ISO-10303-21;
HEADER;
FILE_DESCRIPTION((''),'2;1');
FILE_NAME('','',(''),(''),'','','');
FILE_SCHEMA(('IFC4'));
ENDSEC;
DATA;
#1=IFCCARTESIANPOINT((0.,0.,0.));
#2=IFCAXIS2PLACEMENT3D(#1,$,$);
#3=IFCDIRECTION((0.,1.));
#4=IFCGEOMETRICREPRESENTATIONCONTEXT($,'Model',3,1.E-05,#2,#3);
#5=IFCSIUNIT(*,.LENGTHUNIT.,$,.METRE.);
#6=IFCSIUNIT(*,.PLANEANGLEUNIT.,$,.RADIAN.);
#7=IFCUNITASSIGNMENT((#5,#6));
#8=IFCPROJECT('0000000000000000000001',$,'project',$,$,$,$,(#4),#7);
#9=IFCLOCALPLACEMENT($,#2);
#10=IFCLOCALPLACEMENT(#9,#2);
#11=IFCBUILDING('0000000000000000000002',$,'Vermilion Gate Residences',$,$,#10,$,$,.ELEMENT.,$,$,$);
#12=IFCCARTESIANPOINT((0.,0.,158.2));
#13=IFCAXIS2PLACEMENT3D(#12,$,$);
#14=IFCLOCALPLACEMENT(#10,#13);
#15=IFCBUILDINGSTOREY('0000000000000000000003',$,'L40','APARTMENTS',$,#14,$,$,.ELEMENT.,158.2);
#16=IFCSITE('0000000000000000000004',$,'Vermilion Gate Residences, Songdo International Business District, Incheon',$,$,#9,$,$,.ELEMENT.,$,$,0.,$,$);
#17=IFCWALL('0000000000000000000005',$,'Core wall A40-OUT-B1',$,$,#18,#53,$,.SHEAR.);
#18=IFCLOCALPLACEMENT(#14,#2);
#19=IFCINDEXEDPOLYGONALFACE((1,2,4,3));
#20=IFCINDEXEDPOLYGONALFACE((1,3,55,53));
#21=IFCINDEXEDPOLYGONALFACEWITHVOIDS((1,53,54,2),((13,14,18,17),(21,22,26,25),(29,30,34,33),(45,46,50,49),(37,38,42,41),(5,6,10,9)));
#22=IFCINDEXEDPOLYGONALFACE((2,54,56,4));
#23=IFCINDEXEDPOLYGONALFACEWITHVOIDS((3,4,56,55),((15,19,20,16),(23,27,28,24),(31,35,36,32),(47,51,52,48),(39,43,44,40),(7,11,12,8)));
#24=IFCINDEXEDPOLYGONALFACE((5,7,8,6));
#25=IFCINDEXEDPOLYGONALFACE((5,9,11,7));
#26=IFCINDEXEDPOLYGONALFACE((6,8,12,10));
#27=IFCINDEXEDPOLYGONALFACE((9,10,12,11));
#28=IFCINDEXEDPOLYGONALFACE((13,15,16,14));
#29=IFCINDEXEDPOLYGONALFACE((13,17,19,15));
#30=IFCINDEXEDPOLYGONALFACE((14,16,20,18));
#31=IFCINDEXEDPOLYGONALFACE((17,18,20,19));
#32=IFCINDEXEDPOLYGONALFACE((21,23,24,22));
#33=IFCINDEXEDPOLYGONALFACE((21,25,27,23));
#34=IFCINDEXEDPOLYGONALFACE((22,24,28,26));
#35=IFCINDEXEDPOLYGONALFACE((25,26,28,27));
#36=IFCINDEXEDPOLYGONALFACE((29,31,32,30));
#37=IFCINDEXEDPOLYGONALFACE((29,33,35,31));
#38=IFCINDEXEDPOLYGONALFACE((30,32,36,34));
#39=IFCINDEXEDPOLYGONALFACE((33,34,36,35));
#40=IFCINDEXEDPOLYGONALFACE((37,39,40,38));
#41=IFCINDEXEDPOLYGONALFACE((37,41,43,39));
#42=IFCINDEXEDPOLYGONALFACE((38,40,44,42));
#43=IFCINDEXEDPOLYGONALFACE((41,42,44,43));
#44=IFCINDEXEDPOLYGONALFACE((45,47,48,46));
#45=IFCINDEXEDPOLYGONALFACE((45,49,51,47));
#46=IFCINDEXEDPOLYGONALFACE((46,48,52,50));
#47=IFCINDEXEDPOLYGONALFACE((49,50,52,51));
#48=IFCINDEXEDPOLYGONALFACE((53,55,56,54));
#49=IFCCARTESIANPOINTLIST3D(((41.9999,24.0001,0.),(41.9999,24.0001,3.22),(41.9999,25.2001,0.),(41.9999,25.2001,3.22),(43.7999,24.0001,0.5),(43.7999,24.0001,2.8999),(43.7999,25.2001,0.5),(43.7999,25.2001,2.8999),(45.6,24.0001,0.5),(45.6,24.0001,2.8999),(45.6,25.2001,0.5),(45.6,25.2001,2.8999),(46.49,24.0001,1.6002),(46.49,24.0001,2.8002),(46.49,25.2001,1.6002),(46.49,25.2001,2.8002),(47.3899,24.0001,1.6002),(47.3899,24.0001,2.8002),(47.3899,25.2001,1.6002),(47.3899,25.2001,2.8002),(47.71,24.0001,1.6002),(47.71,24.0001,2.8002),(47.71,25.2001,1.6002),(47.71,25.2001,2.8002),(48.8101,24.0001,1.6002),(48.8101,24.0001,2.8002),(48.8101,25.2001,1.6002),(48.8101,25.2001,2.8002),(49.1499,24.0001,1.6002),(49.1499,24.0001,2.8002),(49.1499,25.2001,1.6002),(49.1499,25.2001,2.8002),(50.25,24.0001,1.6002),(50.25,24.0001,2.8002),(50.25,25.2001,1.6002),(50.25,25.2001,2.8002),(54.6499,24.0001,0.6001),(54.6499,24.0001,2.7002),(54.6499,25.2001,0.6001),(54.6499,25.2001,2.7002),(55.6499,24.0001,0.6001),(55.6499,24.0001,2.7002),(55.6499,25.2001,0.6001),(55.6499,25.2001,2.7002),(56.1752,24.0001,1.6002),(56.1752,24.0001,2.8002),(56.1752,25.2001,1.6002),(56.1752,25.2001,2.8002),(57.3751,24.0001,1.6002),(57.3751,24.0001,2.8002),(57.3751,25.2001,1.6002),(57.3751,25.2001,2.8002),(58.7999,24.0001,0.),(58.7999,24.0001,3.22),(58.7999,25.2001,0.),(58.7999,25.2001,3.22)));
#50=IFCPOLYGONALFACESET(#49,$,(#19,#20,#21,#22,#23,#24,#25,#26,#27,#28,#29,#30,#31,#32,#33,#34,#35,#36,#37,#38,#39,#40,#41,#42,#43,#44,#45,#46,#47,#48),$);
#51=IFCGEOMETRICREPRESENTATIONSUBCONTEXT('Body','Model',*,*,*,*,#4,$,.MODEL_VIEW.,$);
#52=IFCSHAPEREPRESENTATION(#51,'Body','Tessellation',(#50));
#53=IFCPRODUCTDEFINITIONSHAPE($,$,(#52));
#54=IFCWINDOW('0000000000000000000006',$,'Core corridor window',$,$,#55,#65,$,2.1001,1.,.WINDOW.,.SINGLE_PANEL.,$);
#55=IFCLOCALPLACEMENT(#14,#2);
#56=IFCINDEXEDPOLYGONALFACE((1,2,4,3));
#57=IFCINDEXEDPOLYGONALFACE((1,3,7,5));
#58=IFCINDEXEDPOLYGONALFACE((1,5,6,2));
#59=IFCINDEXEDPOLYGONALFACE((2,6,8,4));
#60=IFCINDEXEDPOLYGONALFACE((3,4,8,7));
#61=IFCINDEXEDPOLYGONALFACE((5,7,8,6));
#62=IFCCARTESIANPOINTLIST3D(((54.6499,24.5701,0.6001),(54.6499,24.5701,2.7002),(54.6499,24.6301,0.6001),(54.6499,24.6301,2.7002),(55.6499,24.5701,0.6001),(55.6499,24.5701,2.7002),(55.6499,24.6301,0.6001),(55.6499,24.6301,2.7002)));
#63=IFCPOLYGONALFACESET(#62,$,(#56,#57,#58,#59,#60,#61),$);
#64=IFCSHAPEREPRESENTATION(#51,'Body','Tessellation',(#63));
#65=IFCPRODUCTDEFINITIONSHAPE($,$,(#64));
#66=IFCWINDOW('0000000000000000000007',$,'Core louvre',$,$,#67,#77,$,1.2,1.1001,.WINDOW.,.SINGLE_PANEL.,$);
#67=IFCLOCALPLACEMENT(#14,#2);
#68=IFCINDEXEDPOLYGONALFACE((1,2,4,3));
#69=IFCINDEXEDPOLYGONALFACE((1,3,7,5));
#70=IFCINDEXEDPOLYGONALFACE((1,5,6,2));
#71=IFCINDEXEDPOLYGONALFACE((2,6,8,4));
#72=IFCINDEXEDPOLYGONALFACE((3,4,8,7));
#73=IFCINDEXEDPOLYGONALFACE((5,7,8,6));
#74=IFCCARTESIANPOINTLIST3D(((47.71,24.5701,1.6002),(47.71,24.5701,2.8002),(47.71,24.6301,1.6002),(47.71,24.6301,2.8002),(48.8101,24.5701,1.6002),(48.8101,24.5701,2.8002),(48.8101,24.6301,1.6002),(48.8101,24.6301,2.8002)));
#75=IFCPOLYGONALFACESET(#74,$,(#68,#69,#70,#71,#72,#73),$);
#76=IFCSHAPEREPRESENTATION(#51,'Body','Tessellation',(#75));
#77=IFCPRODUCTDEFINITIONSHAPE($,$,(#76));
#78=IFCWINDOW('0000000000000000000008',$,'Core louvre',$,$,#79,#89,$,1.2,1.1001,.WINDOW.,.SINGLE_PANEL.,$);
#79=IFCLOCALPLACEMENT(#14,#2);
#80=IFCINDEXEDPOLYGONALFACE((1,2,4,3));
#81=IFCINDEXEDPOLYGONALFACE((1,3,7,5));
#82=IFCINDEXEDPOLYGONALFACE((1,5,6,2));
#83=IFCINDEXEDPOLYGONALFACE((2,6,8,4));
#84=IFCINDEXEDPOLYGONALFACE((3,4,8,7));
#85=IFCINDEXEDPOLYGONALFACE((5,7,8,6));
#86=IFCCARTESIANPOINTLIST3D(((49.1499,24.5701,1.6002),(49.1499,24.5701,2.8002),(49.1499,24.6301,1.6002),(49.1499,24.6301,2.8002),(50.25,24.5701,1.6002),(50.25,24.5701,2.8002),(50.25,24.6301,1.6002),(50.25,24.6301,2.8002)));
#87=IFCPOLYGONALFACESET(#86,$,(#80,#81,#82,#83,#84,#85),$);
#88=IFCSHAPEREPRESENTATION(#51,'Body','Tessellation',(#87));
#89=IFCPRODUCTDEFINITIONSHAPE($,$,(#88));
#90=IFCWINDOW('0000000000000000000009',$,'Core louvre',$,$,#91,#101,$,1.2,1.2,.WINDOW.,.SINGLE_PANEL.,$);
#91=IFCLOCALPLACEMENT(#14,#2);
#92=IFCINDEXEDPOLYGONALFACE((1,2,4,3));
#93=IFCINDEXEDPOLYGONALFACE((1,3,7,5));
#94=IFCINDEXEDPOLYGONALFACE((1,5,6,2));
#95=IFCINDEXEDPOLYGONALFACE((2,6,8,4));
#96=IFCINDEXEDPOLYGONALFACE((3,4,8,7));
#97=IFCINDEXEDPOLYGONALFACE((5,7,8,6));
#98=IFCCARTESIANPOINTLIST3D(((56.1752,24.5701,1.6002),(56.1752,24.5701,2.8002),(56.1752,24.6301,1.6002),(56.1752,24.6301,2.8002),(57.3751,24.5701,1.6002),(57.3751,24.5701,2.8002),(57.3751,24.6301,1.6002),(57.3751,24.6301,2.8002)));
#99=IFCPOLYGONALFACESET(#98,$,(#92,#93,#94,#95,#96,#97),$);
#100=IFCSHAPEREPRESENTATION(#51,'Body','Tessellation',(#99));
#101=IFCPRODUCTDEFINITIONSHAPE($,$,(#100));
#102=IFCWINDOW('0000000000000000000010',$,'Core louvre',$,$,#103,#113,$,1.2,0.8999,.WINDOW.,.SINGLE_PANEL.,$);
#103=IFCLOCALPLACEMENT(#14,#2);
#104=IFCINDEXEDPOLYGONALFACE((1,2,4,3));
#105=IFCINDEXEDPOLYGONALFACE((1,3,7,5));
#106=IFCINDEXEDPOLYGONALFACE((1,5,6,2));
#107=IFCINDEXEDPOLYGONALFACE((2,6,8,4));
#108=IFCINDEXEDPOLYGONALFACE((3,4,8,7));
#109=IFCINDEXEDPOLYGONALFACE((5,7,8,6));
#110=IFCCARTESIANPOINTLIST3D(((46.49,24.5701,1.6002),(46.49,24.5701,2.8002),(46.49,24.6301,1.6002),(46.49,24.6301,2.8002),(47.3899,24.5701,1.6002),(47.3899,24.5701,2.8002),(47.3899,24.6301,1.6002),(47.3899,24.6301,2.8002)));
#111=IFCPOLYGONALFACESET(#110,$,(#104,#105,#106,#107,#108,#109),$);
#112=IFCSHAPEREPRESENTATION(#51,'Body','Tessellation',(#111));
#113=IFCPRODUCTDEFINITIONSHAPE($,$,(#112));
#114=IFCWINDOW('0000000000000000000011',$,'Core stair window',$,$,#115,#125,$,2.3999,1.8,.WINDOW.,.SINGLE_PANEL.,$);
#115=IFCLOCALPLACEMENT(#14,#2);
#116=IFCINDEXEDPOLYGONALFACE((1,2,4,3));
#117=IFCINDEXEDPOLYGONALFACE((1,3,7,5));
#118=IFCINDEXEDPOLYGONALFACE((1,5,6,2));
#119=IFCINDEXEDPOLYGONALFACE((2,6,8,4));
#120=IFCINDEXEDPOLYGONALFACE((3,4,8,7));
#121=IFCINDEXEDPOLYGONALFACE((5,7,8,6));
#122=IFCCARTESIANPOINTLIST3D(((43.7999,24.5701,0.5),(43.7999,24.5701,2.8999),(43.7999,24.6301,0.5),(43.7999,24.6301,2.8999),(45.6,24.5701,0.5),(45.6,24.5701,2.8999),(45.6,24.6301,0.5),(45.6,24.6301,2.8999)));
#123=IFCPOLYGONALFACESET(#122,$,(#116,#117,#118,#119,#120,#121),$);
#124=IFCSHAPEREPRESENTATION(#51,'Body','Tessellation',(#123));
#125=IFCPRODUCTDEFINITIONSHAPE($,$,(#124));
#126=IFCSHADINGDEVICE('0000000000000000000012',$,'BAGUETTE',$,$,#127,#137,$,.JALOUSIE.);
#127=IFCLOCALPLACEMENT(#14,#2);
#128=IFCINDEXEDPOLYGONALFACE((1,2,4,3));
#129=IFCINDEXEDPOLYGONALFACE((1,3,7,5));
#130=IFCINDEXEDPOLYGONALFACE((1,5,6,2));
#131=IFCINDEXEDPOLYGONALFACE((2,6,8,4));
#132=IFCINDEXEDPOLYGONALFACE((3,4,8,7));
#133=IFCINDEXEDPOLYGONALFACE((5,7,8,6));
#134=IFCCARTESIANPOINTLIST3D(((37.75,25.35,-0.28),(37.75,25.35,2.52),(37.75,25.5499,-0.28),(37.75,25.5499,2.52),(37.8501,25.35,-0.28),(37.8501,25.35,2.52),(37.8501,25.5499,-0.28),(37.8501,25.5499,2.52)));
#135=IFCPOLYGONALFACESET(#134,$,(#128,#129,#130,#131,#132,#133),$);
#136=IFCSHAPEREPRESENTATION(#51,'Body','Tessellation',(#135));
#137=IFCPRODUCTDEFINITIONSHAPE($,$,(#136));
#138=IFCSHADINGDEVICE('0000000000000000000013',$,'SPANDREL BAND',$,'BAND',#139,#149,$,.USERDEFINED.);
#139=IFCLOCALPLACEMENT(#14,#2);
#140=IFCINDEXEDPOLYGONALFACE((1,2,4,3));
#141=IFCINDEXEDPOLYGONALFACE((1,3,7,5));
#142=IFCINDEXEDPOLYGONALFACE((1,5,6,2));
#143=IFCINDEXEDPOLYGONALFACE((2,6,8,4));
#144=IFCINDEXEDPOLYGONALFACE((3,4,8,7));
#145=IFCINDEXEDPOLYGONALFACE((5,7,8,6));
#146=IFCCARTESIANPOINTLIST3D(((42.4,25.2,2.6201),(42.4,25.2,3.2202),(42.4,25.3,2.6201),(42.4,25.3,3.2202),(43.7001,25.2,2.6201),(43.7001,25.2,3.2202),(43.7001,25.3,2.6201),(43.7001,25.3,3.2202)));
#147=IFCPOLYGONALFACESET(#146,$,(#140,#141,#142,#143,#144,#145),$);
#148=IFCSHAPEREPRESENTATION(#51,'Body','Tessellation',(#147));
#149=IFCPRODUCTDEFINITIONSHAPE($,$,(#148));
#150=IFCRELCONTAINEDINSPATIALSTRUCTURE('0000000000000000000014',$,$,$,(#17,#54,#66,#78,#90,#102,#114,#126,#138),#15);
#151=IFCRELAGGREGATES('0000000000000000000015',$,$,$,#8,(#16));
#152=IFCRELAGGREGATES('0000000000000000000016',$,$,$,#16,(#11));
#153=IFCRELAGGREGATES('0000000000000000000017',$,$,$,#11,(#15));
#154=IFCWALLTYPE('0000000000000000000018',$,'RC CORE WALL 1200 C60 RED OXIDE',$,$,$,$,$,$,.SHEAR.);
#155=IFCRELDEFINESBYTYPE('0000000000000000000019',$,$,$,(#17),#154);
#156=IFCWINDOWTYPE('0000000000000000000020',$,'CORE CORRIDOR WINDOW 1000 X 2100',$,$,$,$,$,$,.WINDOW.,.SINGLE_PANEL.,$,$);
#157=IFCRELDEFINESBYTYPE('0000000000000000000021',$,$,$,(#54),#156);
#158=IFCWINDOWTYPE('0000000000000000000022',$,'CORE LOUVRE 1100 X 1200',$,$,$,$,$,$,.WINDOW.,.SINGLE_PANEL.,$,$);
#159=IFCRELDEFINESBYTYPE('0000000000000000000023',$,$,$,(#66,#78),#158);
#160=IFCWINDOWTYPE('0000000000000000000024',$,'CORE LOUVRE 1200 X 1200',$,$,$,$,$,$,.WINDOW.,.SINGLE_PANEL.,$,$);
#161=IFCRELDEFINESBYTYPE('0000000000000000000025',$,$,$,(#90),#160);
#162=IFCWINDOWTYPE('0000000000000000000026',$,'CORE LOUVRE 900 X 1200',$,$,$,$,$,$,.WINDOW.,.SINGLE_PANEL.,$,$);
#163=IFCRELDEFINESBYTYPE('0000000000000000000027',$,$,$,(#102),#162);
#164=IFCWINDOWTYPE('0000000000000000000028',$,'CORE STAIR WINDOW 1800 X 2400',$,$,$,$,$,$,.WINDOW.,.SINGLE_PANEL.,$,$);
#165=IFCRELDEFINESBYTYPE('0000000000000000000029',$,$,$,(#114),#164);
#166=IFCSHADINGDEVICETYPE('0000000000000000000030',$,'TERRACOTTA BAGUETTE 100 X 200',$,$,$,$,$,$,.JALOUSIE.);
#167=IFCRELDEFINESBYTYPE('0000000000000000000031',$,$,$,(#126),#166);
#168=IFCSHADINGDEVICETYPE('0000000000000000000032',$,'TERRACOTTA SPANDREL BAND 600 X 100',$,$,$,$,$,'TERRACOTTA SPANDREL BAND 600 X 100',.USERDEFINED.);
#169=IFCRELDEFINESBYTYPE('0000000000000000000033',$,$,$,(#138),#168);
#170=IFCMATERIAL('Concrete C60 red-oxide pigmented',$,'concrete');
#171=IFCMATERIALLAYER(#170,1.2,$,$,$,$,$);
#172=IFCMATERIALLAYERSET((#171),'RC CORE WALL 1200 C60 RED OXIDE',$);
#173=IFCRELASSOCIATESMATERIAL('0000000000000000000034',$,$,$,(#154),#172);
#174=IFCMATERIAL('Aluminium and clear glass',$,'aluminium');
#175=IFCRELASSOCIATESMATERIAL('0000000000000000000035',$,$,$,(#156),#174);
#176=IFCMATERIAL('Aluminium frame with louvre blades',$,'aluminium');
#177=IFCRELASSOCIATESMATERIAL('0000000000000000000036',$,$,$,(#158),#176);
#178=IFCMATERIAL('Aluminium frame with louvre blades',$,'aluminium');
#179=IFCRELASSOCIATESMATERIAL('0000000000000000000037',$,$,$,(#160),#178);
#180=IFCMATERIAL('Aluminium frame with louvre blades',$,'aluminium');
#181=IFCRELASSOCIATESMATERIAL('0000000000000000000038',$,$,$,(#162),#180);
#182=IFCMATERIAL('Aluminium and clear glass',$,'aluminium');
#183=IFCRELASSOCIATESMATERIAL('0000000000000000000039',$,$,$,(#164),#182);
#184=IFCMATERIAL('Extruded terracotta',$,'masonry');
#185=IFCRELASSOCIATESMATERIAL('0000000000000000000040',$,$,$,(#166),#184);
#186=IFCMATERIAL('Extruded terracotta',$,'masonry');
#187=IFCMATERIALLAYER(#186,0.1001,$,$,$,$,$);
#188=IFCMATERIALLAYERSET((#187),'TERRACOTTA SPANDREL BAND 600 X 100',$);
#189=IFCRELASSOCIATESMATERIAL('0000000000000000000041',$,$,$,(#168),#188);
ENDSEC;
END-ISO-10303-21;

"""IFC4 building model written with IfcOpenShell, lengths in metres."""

from ifc_helpers import new_model, si_unit, direction, frame, frame_2d, origin, origin_2d, place, context, subcontext, project, spatial, rectangle, extrude, material, layer, layer_set, material_profile, profile_set, type_object, element, fill, save


model = new_model("IFC4")

# Units and contexts
model_context = context("Model", 3, precision=1e-05, world=origin(), true_north=direction((0.0, 1.0)))
body_context = subcontext(model_context, "Body", "Model", "MODEL_VIEW")
ifc_project = project(units=[si_unit("LENGTHUNIT", "METRE"), si_unit("PLANEANGLEUNIT", "RADIAN")], contexts=[model_context])

# Site, building, storey
site_placement = place(None, origin())
site = spatial("IfcSite", under=ifc_project, at=site_placement, Name="Vermilion Gate Residences, Songdo International Business District, Incheon", CompositionType="ELEMENT", RefElevation=0.0)
building_placement = place(site_placement, origin())
building = spatial("IfcBuilding", under=site, at=building_placement, Name="Vermilion Gate Residences", CompositionType="ELEMENT")
storey_placement = place(building_placement, frame((0.0, 0.0, 158.2)))
storey = spatial("IfcBuildingStorey", under=building, at=storey_placement, Name="L40", Description="APARTMENTS", CompositionType="ELEMENT", Elevation=158.2)

# Wall, openings, windows
ifc_material_1 = material(Name="Concrete C60 red-oxide pigmented", Category="concrete")
ifc_layer_1 = layer(ifc_material_1, 1.2)
ifc_layer_set_1 = layer_set([ifc_layer_1], Name="RC CORE WALL 1200 C60 RED OXIDE")
wall_type_1 = type_object("IfcWallType", Name="RC CORE WALL 1200 C60 RED OXIDE", PredefinedType="SHEAR", material=ifc_layer_set_1)
wall_1_placement = place(storey_placement, frame((42.0, 24.6001, 0.0), z_axis=(0.0, 0.0, 1.0), x_axis=(1.0, 0.0, 0.0)))
wall_1 = element("IfcWall", 1, at=wall_1_placement, inside=storey, type_object=wall_type_1, Name="Core wall A40-OUT-B1", PredefinedType="SHEAR", context=body_context, shape_type="SweptSolid", body=[
    extrude(rectangle(XDim=16.8, YDim=1.2, at=frame_2d((8.3999, 0.0))), origin(), (0.0, 0.0, 1.0), 3.22),
])
opening_1_placement = place(wall_1_placement, frame((1.8, 0.0, 0.5)))
opening_1 = element("IfcOpeningElement", 2, at=opening_1_placement, cuts=wall_1, PredefinedType="OPENING", context=body_context, shape_type="SweptSolid", body=[
    extrude(rectangle(XDim=1.8, YDim=2.3999, at=frame_2d((0.8999, 1.2))), frame((0.0, 0.6099, 0.0), z_axis=(0.0, -1.0, 0.0), x_axis=(1.0, 0.0, 0.0)), (0.0, 0.0, 1.0), 1.22),
])
opening_2_placement = place(wall_1_placement, frame((4.49, 0.0, 1.6001)))
opening_2 = element("IfcOpeningElement", 3, at=opening_2_placement, cuts=wall_1, PredefinedType="OPENING", context=body_context, shape_type="SweptSolid", body=[
    extrude(rectangle(XDim=0.8999, YDim=1.2, at=frame_2d((0.45, 0.6001))), frame((0.0, 0.6099, 0.0), z_axis=(0.0, -1.0, 0.0), x_axis=(1.0, 0.0, 0.0)), (0.0, 0.0, 1.0), 1.22),
])
opening_3_placement = place(wall_1_placement, frame((5.71, 0.0, 1.6001)))
opening_3 = element("IfcOpeningElement", 4, at=opening_3_placement, cuts=wall_1, PredefinedType="OPENING", context=body_context, shape_type="SweptSolid", body=[
    extrude(rectangle(XDim=1.1001, YDim=1.2, at=frame_2d((0.55, 0.6001))), frame((0.0, 0.6099, 0.0), z_axis=(0.0, -1.0, 0.0), x_axis=(1.0, 0.0, 0.0)), (0.0, 0.0, 1.0), 1.22),
])
opening_4_placement = place(wall_1_placement, frame((7.1499, 0.0, 1.6001)))
opening_4 = element("IfcOpeningElement", 5, at=opening_4_placement, cuts=wall_1, PredefinedType="OPENING", context=body_context, shape_type="SweptSolid", body=[
    extrude(rectangle(XDim=1.1001, YDim=1.2, at=frame_2d((0.55, 0.6001))), frame((0.0, 0.6099, 0.0), z_axis=(0.0, -1.0, 0.0), x_axis=(1.0, 0.0, 0.0)), (0.0, 0.0, 1.0), 1.22),
])
opening_5_placement = place(wall_1_placement, frame((12.6499, 0.0, 0.6001)))
opening_5 = element("IfcOpeningElement", 6, at=opening_5_placement, cuts=wall_1, PredefinedType="OPENING", context=body_context, shape_type="SweptSolid", body=[
    extrude(rectangle(XDim=1.0, YDim=2.1001, at=frame_2d((0.5, 1.05))), frame((0.0, 0.6099, 0.0), z_axis=(0.0, -1.0, 0.0), x_axis=(1.0, 0.0, 0.0)), (0.0, 0.0, 1.0), 1.22),
])
opening_6_placement = place(wall_1_placement, frame((14.175, 0.0, 1.6001)))
opening_6 = element("IfcOpeningElement", 7, at=opening_6_placement, cuts=wall_1, PredefinedType="OPENING", context=body_context, shape_type="SweptSolid", body=[
    extrude(rectangle(XDim=1.2, YDim=1.2, at=frame_2d((0.6001, 0.6001))), frame((0.0, 0.6099, 0.0), z_axis=(0.0, -1.0, 0.0), x_axis=(1.0, 0.0, 0.0)), (0.0, 0.0, 1.0), 1.22),
])
ifc_material_2 = material(Name="Aluminium and clear glass", Category="aluminium")
window_type_1 = type_object("IfcWindowType", Name="CORE CORRIDOR WINDOW 1000 X 2100", PartitioningType="SINGLE_PANEL", PredefinedType="WINDOW", material=ifc_material_2)
window_1_placement = place(opening_5_placement, origin())
window_1 = element("IfcWindow", 8, at=window_1_placement, inside=storey, type_object=window_type_1, Name="Core corridor window", OverallHeight=2.1001, OverallWidth=1.0, PartitioningType="SINGLE_PANEL", PredefinedType="WINDOW", context=body_context, shape_type="SweptSolid", body=[
    extrude(rectangle(XDim=1.0, YDim=2.1001, at=frame_2d((0.5, 1.05))), frame((0.0, 0.03, 0.0), z_axis=(0.0, -1.0, 0.0), x_axis=(1.0, 0.0, 0.0)), (0.0, 0.0, 1.0), 0.0601),
])
fill(opening_5, window_1)
ifc_material_3 = material(Name="Aluminium frame with louvre blades", Category="aluminium")
window_type_2 = type_object("IfcWindowType", Name="CORE LOUVRE 1100 X 1200", PartitioningType="SINGLE_PANEL", PredefinedType="WINDOW", material=ifc_material_3)
window_2_placement = place(opening_3_placement, origin())
window_2 = element("IfcWindow", 9, at=window_2_placement, inside=storey, type_object=window_type_2, Name="Core louvre", OverallHeight=1.2, OverallWidth=1.1001, PartitioningType="SINGLE_PANEL", PredefinedType="WINDOW", context=body_context, shape_type="SweptSolid", body=[
    extrude(rectangle(XDim=1.1001, YDim=1.2, at=frame_2d((0.55, 0.6001))), frame((0.0, 0.03, 0.0), z_axis=(0.0, -1.0, 0.0), x_axis=(1.0, 0.0, 0.0)), (0.0, 0.0, 1.0), 0.0601),
])
fill(opening_3, window_2)
window_3_placement = place(opening_4_placement, origin())
window_3 = element("IfcWindow", 10, at=window_3_placement, inside=storey, type_object=window_type_2, Name="Core louvre", OverallHeight=1.2, OverallWidth=1.1001, PartitioningType="SINGLE_PANEL", PredefinedType="WINDOW", context=body_context, shape_type="SweptSolid", body=[
    extrude(rectangle(XDim=1.1001, YDim=1.2, at=frame_2d((0.55, 0.6001))), frame((0.0, 0.03, 0.0), z_axis=(0.0, -1.0, 0.0), x_axis=(1.0, 0.0, 0.0)), (0.0, 0.0, 1.0), 0.0601),
])
fill(opening_4, window_3)
ifc_material_4 = material(Name="Aluminium frame with louvre blades", Category="aluminium")
window_type_3 = type_object("IfcWindowType", Name="CORE LOUVRE 1200 X 1200", PartitioningType="SINGLE_PANEL", PredefinedType="WINDOW", material=ifc_material_4)
window_4_placement = place(opening_6_placement, origin())
window_4 = element("IfcWindow", 11, at=window_4_placement, inside=storey, type_object=window_type_3, Name="Core louvre", OverallHeight=1.2, OverallWidth=1.2, PartitioningType="SINGLE_PANEL", PredefinedType="WINDOW", context=body_context, shape_type="SweptSolid", body=[
    extrude(rectangle(XDim=1.2, YDim=1.2, at=frame_2d((0.6001, 0.6001))), frame((0.0, 0.03, 0.0), z_axis=(0.0, -1.0, 0.0), x_axis=(1.0, 0.0, 0.0)), (0.0, 0.0, 1.0), 0.0601),
])
fill(opening_6, window_4)
ifc_material_5 = material(Name="Aluminium frame with louvre blades", Category="aluminium")
window_type_4 = type_object("IfcWindowType", Name="CORE LOUVRE 900 X 1200", PartitioningType="SINGLE_PANEL", PredefinedType="WINDOW", material=ifc_material_5)
window_5_placement = place(opening_2_placement, origin())
window_5 = element("IfcWindow", 12, at=window_5_placement, inside=storey, type_object=window_type_4, Name="Core louvre", OverallHeight=1.2, OverallWidth=0.8999, PartitioningType="SINGLE_PANEL", PredefinedType="WINDOW", context=body_context, shape_type="SweptSolid", body=[
    extrude(rectangle(XDim=0.8999, YDim=1.2, at=frame_2d((0.45, 0.6001))), frame((0.0, 0.03, 0.0), z_axis=(0.0, -1.0, 0.0), x_axis=(1.0, 0.0, 0.0)), (0.0, 0.0, 1.0), 0.0601),
])
fill(opening_2, window_5)
ifc_material_6 = material(Name="Aluminium and clear glass", Category="aluminium")
window_type_5 = type_object("IfcWindowType", Name="CORE STAIR WINDOW 1800 X 2400", PartitioningType="SINGLE_PANEL", PredefinedType="WINDOW", material=ifc_material_6)
window_6_placement = place(opening_1_placement, origin())
window_6 = element("IfcWindow", 13, at=window_6_placement, inside=storey, type_object=window_type_5, Name="Core stair window", OverallHeight=2.3999, OverallWidth=1.8, PartitioningType="SINGLE_PANEL", PredefinedType="WINDOW", context=body_context, shape_type="SweptSolid", body=[
    extrude(rectangle(XDim=1.8, YDim=2.3999, at=frame_2d((0.8999, 1.2))), frame((0.0, 0.03, 0.0), z_axis=(0.0, -1.0, 0.0), x_axis=(1.0, 0.0, 0.0)), (0.0, 0.0, 1.0), 0.0601),
])
fill(opening_1, window_6)

# Shading devices
ifc_material_7 = material(Name="Extruded terracotta", Category="masonry")
ifc_material_profile_1 = material_profile(ifc_material_7, rectangle(XDim=0.2, YDim=0.1001, at=origin_2d()), Name="BAGUETTE 100 X 200")
ifc_profile_set_1 = profile_set([ifc_material_profile_1], Name="Extruded terracotta")
shading_device_type_1 = type_object("IfcShadingDeviceType", Name="TERRACOTTA BAGUETTE 100 X 200", PredefinedType="JALOUSIE", material=ifc_profile_set_1)
shading_device_1_placement = place(storey_placement, frame((37.8, 25.45, -0.28), z_axis=(0.0, 0.0, 1.0), x_axis=(0.0, -1.0, 0.0)))
element("IfcShadingDevice", 14, at=shading_device_1_placement, inside=storey, type_object=shading_device_type_1, Name="BAGUETTE", PredefinedType="JALOUSIE", context=body_context, shape_type="SweptSolid", body=[
    extrude(rectangle(XDim=0.2, YDim=0.1001, at=origin_2d()), origin(), (0.0, 0.0, 1.0), 2.8),
])
ifc_material_8 = material(Name="Extruded terracotta", Category="masonry")
ifc_layer_2 = layer(ifc_material_8, 0.1001)
ifc_layer_set_2 = layer_set([ifc_layer_2], Name="TERRACOTTA SPANDREL BAND 600 X 100")
shading_device_type_2 = type_object("IfcShadingDeviceType", Name="TERRACOTTA SPANDREL BAND 600 X 100", ElementType="TERRACOTTA SPANDREL BAND 600 X 100", PredefinedType="USERDEFINED", material=ifc_layer_set_2)
shading_device_2_placement = place(storey_placement, frame((43.05, 25.25, 2.6201), z_axis=(0.0, 0.0, 1.0), x_axis=(1.0, 0.0, 0.0)))
element("IfcShadingDevice", 15, at=shading_device_2_placement, inside=storey, type_object=shading_device_type_2, Name="SPANDREL BAND", ObjectType="BAND", PredefinedType="USERDEFINED", context=body_context, shape_type="SweptSolid", body=[
    extrude(rectangle(XDim=1.3, YDim=0.1001, at=origin_2d()), origin(), (0.0, 0.0, 1.0), 0.6001),
])

save(model, "model.ifc")
